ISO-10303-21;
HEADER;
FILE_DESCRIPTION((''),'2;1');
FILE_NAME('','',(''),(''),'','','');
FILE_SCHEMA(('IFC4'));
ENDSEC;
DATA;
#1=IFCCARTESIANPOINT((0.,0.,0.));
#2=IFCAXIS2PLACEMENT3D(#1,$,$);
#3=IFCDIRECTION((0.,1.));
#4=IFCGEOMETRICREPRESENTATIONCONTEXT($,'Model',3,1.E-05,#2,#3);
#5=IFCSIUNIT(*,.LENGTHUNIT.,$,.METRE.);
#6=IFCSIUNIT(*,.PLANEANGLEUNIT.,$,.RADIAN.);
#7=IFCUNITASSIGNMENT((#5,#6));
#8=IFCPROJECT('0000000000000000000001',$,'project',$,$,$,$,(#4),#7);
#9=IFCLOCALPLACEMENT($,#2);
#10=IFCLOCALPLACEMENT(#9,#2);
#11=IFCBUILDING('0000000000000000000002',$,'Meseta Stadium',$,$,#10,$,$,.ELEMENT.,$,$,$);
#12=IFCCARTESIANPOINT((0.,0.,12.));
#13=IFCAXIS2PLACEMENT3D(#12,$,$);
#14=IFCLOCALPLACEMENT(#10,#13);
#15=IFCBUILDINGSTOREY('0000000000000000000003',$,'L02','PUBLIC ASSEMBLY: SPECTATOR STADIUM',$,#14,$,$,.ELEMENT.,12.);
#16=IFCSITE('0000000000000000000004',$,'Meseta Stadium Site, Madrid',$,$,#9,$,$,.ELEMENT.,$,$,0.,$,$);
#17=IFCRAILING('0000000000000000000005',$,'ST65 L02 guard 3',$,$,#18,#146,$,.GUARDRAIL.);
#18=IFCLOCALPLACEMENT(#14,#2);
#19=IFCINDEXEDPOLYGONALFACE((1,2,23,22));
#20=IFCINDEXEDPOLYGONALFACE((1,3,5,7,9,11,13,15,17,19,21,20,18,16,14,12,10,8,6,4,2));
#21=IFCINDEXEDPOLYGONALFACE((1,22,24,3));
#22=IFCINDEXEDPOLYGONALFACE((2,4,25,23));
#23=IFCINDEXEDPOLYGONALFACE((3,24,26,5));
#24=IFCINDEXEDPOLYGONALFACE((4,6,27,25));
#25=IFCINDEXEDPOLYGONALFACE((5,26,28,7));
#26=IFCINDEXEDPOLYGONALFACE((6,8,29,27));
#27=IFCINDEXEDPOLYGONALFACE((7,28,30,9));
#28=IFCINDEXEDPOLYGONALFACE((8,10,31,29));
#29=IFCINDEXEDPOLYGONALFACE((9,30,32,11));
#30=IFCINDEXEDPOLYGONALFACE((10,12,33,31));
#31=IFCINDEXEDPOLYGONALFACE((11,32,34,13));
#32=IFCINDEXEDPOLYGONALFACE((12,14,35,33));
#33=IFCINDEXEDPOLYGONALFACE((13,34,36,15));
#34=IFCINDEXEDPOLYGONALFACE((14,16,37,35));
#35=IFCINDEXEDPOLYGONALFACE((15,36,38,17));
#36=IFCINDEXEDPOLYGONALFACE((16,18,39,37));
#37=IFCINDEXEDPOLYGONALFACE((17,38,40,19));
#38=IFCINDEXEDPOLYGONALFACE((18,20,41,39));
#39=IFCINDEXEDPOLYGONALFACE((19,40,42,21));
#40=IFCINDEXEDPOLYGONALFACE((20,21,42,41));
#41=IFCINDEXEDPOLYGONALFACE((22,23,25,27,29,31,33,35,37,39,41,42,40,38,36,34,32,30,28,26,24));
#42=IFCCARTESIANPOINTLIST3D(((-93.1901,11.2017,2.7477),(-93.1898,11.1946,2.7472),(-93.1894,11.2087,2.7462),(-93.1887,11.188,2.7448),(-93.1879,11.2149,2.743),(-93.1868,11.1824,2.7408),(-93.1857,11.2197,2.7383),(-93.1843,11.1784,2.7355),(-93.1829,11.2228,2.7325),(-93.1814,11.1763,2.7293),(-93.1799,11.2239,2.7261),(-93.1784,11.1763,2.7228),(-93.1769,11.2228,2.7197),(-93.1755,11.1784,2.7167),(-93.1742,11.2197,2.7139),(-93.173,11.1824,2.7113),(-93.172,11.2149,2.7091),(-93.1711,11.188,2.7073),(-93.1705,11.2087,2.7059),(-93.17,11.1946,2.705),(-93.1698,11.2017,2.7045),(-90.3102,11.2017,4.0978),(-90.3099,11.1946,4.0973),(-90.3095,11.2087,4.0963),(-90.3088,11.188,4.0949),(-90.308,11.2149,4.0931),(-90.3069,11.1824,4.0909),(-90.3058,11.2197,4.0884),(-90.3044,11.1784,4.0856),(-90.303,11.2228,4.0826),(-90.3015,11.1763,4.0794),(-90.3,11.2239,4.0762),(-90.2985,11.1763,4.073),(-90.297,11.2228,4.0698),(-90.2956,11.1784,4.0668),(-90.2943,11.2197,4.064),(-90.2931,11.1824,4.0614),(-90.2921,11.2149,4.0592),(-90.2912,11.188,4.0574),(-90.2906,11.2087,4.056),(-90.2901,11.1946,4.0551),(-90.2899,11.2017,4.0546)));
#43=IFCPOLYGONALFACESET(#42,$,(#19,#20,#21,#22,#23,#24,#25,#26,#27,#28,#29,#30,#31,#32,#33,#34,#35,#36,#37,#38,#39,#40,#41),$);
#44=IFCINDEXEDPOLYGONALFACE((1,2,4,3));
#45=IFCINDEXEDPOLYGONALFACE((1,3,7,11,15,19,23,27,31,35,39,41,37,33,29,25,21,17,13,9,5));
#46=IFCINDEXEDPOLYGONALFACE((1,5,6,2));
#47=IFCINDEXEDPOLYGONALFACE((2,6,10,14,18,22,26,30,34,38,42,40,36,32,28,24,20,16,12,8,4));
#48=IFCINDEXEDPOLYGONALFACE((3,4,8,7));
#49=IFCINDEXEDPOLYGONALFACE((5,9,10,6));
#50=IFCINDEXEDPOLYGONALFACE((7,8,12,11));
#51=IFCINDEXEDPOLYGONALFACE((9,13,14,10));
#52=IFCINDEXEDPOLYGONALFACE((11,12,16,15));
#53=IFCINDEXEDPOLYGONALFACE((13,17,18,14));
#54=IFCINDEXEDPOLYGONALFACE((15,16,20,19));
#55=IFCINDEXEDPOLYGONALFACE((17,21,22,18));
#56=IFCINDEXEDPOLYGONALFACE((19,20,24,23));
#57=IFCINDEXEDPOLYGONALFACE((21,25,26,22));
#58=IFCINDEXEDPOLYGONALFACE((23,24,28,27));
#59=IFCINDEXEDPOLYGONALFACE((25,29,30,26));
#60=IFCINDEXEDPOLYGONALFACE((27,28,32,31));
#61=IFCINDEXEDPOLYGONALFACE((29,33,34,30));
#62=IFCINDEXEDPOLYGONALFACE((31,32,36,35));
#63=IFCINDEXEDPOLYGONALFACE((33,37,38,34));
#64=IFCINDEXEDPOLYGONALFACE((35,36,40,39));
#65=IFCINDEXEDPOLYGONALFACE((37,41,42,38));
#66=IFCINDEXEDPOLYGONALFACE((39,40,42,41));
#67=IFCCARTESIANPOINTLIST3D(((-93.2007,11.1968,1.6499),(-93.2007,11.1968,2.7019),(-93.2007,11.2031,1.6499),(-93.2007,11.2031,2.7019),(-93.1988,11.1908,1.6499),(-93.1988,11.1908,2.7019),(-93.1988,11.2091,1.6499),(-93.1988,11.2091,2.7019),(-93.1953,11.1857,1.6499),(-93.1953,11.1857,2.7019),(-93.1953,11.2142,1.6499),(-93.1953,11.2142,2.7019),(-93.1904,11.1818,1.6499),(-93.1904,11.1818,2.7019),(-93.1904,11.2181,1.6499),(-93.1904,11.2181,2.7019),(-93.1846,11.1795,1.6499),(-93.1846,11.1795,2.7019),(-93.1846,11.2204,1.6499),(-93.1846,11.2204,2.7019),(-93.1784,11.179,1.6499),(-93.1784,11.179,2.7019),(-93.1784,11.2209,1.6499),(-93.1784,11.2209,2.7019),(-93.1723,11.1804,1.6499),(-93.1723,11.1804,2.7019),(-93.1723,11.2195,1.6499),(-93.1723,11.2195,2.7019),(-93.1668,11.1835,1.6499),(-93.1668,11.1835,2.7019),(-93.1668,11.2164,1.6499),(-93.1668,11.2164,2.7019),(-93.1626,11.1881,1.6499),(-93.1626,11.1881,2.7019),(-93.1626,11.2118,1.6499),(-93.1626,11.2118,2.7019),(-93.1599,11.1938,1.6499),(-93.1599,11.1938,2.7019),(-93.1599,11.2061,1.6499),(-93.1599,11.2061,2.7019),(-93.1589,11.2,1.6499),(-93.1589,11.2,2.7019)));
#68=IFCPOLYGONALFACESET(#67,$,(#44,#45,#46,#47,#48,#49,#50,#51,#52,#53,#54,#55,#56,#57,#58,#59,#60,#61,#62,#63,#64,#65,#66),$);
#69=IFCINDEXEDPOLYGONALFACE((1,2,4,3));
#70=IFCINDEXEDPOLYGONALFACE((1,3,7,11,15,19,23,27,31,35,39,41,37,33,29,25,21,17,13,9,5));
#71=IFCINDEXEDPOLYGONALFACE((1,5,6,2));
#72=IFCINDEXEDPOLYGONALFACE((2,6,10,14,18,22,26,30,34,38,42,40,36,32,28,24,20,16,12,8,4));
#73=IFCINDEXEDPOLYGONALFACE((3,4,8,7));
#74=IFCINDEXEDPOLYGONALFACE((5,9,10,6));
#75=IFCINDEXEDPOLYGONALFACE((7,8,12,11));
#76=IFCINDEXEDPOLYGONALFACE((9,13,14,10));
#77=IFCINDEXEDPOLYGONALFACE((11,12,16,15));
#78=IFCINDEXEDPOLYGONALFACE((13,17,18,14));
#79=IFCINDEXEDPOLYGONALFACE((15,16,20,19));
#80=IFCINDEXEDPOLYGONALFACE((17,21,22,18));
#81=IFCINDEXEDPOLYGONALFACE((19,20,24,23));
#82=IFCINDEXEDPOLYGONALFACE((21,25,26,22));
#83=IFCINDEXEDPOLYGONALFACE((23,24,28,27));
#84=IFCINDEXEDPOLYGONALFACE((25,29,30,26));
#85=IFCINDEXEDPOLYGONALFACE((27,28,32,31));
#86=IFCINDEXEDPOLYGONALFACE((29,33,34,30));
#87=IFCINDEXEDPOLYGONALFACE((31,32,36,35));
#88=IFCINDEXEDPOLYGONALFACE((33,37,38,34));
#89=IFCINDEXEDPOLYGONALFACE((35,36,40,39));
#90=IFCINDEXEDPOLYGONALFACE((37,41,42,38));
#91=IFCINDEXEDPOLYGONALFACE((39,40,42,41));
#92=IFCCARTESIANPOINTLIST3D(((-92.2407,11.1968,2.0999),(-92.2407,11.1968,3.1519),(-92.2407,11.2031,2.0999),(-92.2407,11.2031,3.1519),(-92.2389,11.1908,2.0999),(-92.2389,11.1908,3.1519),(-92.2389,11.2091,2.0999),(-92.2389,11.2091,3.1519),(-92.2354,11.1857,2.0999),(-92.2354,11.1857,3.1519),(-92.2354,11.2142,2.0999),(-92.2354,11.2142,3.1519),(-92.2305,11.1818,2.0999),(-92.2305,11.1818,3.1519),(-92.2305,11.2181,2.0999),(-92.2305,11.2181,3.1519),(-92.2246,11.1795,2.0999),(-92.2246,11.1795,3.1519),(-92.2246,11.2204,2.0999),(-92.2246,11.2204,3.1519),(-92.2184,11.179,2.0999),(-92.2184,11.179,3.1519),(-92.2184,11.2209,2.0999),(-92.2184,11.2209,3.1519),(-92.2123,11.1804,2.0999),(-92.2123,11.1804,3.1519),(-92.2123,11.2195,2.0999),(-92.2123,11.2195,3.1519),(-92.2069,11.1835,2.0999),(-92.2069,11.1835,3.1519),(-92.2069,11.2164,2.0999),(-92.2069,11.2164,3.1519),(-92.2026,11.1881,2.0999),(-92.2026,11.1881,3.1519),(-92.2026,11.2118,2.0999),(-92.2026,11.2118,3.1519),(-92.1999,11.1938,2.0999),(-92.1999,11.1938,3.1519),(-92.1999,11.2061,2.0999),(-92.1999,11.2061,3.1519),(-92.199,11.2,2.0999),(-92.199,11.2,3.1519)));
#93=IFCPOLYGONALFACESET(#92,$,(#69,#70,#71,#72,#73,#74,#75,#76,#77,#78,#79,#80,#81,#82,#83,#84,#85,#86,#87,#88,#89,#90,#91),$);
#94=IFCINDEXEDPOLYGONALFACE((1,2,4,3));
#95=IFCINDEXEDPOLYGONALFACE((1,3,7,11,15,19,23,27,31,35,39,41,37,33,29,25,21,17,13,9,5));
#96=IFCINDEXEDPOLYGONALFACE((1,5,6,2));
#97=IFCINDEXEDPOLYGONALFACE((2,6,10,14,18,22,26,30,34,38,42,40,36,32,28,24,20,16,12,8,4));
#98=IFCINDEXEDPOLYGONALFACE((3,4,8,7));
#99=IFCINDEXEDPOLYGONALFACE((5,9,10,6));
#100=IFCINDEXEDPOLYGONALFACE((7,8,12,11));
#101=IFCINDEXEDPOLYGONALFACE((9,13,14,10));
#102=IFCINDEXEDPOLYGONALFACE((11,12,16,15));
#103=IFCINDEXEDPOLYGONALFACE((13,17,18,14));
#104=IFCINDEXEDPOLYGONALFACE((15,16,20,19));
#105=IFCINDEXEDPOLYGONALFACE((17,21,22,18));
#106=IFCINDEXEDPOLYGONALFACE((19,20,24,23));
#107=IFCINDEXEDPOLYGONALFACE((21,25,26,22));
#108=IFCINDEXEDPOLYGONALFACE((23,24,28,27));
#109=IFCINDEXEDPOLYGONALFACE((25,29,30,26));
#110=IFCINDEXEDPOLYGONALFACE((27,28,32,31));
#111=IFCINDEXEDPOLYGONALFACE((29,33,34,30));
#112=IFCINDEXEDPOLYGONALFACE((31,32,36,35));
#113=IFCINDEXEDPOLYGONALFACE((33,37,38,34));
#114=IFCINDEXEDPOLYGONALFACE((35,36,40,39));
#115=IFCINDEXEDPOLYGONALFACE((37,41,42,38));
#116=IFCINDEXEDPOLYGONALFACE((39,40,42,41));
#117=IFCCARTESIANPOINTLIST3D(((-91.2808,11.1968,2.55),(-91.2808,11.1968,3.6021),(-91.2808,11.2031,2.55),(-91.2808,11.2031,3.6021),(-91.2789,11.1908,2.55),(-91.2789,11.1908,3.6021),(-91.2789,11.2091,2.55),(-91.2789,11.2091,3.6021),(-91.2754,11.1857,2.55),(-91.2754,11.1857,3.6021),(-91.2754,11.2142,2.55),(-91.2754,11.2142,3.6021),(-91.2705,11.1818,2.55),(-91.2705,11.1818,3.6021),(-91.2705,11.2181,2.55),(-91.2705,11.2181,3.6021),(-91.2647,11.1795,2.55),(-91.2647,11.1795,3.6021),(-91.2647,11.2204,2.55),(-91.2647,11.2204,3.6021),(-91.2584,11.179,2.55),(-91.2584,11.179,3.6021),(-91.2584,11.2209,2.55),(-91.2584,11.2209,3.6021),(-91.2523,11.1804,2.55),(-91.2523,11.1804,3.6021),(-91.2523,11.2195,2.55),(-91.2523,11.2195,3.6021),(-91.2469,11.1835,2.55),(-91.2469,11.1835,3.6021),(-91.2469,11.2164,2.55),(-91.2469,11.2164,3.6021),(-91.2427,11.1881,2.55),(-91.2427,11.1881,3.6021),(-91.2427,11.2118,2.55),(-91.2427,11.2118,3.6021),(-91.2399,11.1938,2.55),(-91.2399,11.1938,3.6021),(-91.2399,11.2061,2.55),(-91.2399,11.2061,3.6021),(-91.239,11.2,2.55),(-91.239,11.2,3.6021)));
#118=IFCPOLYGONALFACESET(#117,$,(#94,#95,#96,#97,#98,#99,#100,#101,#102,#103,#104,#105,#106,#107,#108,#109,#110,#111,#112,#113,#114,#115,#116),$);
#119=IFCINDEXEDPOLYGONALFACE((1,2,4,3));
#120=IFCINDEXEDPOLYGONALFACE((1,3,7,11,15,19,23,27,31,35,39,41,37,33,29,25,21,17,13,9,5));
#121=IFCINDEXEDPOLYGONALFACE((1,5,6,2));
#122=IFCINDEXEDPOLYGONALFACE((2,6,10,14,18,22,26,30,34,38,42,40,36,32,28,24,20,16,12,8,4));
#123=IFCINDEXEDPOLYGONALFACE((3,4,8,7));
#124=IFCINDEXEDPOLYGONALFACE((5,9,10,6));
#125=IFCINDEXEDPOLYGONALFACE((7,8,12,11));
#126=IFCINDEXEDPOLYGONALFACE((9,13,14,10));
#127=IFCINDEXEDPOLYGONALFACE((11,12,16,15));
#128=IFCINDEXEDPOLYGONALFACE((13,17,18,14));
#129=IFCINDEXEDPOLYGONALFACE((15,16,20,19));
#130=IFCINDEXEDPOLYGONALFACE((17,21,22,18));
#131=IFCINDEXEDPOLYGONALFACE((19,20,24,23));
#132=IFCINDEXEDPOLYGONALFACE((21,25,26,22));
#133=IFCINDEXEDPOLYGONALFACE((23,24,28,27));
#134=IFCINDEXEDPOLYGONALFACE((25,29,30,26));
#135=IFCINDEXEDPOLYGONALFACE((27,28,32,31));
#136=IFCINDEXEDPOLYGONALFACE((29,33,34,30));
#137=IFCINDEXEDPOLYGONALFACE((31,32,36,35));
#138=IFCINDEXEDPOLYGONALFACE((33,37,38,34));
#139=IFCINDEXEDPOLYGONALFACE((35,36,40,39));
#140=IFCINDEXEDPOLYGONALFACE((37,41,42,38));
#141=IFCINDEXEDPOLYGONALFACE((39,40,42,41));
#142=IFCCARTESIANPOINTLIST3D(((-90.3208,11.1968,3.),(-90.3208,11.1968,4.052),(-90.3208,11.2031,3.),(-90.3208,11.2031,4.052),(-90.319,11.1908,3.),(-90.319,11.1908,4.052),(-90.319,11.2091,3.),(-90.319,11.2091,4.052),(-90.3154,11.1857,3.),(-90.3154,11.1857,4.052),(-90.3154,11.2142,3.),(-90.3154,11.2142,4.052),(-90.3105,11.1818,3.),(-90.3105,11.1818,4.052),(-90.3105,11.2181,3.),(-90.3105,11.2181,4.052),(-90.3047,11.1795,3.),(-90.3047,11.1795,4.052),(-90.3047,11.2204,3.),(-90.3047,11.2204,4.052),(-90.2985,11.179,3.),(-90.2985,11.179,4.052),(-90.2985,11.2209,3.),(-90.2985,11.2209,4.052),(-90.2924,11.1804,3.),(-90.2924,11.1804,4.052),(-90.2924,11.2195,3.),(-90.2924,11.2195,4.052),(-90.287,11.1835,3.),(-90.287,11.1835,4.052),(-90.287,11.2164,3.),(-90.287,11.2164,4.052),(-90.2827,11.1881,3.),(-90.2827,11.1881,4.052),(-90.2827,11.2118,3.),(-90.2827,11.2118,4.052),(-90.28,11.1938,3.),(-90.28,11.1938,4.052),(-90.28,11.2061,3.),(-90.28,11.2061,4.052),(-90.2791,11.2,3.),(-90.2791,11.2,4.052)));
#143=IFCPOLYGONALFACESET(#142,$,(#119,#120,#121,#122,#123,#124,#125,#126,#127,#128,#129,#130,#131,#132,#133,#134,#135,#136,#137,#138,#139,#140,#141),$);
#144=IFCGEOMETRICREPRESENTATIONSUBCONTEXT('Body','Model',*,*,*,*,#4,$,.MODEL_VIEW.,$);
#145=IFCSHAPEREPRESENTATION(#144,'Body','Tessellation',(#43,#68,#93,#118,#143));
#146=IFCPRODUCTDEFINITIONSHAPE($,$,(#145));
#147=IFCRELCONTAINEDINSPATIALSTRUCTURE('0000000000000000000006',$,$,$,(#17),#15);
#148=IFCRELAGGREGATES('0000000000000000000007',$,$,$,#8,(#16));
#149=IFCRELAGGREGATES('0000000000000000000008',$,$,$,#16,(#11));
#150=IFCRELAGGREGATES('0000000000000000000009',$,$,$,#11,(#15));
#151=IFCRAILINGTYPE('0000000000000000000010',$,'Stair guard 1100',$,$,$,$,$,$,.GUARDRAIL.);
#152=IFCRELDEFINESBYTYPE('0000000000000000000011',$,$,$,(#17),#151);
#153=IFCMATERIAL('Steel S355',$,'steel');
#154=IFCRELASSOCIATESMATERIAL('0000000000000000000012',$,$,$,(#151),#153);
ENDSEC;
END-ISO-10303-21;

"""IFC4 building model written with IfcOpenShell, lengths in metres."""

from ifc_helpers import new_model, si_unit, direction, frame, origin, origin_2d, place, context, subcontext, project, spatial, circle, extrude, material, type_object, element, save


model = new_model("IFC4")

# Units and contexts
model_context = context("Model", 3, precision=1e-05, world=origin(), true_north=direction((0.0, 1.0)))
body_context = subcontext(model_context, "Body", "Model", "MODEL_VIEW")
ifc_project = project(units=[si_unit("LENGTHUNIT", "METRE"), si_unit("PLANEANGLEUNIT", "RADIAN")], contexts=[model_context])

# Site, building, storey
site_placement = place(None, origin())
site = spatial("IfcSite", under=ifc_project, at=site_placement, Name="Meseta Stadium Site, Madrid", CompositionType="ELEMENT", RefElevation=0.0)
building_placement = place(site_placement, origin())
building = spatial("IfcBuilding", under=site, at=building_placement, Name="Meseta Stadium", CompositionType="ELEMENT")
storey_placement = place(building_placement, frame((0.0, 0.0, 12.0)))
storey = spatial("IfcBuildingStorey", under=building, at=storey_placement, Name="L02", Description="PUBLIC ASSEMBLY: SPECTATOR STADIUM", CompositionType="ELEMENT", Elevation=12.0)

# Railing
ifc_material_1 = material(Name="Steel S355", Category="steel")
railing_type_1 = type_object("IfcRailingType", Name="Stair guard 1100", PredefinedType="GUARDRAIL", material=ifc_material_1)
railing_1_placement = place(storey_placement, frame((-93.1799, 11.2, 1.6499)))
element("IfcRailing", 1, at=railing_1_placement, inside=storey, type_object=railing_type_1, Name="ST65 L02 guard 3", PredefinedType="GUARDRAIL", context=body_context, shape_type="SweptSolid", body=[
    extrude(circle(Radius=0.0239, at=origin_2d()), frame((0.0, 0.0, 1.0762), z_axis=(0.90544, 0.0, 0.424473), x_axis=(0.0, 1.0, 0.0)), (0.0, 0.0, 1.0), 3.1807),
    extrude(circle(Radius=0.021, at=origin_2d()), origin(), (0.0, 0.0, 1.0), 1.052),
    extrude(circle(Radius=0.021, at=origin_2d()), frame((0.96, 0.0, 0.45)), (0.0, 0.0, 1.0), 1.052),
    extrude(circle(Radius=0.021, at=origin_2d()), frame((1.9199, 0.0, 0.9001)), (0.0, 0.0, 1.0), 1.052),
    extrude(circle(Radius=0.021, at=origin_2d()), frame((2.8799, 0.0, 1.3501)), (0.0, 0.0, 1.0), 1.052),
])

save(model, "model.ifc")
